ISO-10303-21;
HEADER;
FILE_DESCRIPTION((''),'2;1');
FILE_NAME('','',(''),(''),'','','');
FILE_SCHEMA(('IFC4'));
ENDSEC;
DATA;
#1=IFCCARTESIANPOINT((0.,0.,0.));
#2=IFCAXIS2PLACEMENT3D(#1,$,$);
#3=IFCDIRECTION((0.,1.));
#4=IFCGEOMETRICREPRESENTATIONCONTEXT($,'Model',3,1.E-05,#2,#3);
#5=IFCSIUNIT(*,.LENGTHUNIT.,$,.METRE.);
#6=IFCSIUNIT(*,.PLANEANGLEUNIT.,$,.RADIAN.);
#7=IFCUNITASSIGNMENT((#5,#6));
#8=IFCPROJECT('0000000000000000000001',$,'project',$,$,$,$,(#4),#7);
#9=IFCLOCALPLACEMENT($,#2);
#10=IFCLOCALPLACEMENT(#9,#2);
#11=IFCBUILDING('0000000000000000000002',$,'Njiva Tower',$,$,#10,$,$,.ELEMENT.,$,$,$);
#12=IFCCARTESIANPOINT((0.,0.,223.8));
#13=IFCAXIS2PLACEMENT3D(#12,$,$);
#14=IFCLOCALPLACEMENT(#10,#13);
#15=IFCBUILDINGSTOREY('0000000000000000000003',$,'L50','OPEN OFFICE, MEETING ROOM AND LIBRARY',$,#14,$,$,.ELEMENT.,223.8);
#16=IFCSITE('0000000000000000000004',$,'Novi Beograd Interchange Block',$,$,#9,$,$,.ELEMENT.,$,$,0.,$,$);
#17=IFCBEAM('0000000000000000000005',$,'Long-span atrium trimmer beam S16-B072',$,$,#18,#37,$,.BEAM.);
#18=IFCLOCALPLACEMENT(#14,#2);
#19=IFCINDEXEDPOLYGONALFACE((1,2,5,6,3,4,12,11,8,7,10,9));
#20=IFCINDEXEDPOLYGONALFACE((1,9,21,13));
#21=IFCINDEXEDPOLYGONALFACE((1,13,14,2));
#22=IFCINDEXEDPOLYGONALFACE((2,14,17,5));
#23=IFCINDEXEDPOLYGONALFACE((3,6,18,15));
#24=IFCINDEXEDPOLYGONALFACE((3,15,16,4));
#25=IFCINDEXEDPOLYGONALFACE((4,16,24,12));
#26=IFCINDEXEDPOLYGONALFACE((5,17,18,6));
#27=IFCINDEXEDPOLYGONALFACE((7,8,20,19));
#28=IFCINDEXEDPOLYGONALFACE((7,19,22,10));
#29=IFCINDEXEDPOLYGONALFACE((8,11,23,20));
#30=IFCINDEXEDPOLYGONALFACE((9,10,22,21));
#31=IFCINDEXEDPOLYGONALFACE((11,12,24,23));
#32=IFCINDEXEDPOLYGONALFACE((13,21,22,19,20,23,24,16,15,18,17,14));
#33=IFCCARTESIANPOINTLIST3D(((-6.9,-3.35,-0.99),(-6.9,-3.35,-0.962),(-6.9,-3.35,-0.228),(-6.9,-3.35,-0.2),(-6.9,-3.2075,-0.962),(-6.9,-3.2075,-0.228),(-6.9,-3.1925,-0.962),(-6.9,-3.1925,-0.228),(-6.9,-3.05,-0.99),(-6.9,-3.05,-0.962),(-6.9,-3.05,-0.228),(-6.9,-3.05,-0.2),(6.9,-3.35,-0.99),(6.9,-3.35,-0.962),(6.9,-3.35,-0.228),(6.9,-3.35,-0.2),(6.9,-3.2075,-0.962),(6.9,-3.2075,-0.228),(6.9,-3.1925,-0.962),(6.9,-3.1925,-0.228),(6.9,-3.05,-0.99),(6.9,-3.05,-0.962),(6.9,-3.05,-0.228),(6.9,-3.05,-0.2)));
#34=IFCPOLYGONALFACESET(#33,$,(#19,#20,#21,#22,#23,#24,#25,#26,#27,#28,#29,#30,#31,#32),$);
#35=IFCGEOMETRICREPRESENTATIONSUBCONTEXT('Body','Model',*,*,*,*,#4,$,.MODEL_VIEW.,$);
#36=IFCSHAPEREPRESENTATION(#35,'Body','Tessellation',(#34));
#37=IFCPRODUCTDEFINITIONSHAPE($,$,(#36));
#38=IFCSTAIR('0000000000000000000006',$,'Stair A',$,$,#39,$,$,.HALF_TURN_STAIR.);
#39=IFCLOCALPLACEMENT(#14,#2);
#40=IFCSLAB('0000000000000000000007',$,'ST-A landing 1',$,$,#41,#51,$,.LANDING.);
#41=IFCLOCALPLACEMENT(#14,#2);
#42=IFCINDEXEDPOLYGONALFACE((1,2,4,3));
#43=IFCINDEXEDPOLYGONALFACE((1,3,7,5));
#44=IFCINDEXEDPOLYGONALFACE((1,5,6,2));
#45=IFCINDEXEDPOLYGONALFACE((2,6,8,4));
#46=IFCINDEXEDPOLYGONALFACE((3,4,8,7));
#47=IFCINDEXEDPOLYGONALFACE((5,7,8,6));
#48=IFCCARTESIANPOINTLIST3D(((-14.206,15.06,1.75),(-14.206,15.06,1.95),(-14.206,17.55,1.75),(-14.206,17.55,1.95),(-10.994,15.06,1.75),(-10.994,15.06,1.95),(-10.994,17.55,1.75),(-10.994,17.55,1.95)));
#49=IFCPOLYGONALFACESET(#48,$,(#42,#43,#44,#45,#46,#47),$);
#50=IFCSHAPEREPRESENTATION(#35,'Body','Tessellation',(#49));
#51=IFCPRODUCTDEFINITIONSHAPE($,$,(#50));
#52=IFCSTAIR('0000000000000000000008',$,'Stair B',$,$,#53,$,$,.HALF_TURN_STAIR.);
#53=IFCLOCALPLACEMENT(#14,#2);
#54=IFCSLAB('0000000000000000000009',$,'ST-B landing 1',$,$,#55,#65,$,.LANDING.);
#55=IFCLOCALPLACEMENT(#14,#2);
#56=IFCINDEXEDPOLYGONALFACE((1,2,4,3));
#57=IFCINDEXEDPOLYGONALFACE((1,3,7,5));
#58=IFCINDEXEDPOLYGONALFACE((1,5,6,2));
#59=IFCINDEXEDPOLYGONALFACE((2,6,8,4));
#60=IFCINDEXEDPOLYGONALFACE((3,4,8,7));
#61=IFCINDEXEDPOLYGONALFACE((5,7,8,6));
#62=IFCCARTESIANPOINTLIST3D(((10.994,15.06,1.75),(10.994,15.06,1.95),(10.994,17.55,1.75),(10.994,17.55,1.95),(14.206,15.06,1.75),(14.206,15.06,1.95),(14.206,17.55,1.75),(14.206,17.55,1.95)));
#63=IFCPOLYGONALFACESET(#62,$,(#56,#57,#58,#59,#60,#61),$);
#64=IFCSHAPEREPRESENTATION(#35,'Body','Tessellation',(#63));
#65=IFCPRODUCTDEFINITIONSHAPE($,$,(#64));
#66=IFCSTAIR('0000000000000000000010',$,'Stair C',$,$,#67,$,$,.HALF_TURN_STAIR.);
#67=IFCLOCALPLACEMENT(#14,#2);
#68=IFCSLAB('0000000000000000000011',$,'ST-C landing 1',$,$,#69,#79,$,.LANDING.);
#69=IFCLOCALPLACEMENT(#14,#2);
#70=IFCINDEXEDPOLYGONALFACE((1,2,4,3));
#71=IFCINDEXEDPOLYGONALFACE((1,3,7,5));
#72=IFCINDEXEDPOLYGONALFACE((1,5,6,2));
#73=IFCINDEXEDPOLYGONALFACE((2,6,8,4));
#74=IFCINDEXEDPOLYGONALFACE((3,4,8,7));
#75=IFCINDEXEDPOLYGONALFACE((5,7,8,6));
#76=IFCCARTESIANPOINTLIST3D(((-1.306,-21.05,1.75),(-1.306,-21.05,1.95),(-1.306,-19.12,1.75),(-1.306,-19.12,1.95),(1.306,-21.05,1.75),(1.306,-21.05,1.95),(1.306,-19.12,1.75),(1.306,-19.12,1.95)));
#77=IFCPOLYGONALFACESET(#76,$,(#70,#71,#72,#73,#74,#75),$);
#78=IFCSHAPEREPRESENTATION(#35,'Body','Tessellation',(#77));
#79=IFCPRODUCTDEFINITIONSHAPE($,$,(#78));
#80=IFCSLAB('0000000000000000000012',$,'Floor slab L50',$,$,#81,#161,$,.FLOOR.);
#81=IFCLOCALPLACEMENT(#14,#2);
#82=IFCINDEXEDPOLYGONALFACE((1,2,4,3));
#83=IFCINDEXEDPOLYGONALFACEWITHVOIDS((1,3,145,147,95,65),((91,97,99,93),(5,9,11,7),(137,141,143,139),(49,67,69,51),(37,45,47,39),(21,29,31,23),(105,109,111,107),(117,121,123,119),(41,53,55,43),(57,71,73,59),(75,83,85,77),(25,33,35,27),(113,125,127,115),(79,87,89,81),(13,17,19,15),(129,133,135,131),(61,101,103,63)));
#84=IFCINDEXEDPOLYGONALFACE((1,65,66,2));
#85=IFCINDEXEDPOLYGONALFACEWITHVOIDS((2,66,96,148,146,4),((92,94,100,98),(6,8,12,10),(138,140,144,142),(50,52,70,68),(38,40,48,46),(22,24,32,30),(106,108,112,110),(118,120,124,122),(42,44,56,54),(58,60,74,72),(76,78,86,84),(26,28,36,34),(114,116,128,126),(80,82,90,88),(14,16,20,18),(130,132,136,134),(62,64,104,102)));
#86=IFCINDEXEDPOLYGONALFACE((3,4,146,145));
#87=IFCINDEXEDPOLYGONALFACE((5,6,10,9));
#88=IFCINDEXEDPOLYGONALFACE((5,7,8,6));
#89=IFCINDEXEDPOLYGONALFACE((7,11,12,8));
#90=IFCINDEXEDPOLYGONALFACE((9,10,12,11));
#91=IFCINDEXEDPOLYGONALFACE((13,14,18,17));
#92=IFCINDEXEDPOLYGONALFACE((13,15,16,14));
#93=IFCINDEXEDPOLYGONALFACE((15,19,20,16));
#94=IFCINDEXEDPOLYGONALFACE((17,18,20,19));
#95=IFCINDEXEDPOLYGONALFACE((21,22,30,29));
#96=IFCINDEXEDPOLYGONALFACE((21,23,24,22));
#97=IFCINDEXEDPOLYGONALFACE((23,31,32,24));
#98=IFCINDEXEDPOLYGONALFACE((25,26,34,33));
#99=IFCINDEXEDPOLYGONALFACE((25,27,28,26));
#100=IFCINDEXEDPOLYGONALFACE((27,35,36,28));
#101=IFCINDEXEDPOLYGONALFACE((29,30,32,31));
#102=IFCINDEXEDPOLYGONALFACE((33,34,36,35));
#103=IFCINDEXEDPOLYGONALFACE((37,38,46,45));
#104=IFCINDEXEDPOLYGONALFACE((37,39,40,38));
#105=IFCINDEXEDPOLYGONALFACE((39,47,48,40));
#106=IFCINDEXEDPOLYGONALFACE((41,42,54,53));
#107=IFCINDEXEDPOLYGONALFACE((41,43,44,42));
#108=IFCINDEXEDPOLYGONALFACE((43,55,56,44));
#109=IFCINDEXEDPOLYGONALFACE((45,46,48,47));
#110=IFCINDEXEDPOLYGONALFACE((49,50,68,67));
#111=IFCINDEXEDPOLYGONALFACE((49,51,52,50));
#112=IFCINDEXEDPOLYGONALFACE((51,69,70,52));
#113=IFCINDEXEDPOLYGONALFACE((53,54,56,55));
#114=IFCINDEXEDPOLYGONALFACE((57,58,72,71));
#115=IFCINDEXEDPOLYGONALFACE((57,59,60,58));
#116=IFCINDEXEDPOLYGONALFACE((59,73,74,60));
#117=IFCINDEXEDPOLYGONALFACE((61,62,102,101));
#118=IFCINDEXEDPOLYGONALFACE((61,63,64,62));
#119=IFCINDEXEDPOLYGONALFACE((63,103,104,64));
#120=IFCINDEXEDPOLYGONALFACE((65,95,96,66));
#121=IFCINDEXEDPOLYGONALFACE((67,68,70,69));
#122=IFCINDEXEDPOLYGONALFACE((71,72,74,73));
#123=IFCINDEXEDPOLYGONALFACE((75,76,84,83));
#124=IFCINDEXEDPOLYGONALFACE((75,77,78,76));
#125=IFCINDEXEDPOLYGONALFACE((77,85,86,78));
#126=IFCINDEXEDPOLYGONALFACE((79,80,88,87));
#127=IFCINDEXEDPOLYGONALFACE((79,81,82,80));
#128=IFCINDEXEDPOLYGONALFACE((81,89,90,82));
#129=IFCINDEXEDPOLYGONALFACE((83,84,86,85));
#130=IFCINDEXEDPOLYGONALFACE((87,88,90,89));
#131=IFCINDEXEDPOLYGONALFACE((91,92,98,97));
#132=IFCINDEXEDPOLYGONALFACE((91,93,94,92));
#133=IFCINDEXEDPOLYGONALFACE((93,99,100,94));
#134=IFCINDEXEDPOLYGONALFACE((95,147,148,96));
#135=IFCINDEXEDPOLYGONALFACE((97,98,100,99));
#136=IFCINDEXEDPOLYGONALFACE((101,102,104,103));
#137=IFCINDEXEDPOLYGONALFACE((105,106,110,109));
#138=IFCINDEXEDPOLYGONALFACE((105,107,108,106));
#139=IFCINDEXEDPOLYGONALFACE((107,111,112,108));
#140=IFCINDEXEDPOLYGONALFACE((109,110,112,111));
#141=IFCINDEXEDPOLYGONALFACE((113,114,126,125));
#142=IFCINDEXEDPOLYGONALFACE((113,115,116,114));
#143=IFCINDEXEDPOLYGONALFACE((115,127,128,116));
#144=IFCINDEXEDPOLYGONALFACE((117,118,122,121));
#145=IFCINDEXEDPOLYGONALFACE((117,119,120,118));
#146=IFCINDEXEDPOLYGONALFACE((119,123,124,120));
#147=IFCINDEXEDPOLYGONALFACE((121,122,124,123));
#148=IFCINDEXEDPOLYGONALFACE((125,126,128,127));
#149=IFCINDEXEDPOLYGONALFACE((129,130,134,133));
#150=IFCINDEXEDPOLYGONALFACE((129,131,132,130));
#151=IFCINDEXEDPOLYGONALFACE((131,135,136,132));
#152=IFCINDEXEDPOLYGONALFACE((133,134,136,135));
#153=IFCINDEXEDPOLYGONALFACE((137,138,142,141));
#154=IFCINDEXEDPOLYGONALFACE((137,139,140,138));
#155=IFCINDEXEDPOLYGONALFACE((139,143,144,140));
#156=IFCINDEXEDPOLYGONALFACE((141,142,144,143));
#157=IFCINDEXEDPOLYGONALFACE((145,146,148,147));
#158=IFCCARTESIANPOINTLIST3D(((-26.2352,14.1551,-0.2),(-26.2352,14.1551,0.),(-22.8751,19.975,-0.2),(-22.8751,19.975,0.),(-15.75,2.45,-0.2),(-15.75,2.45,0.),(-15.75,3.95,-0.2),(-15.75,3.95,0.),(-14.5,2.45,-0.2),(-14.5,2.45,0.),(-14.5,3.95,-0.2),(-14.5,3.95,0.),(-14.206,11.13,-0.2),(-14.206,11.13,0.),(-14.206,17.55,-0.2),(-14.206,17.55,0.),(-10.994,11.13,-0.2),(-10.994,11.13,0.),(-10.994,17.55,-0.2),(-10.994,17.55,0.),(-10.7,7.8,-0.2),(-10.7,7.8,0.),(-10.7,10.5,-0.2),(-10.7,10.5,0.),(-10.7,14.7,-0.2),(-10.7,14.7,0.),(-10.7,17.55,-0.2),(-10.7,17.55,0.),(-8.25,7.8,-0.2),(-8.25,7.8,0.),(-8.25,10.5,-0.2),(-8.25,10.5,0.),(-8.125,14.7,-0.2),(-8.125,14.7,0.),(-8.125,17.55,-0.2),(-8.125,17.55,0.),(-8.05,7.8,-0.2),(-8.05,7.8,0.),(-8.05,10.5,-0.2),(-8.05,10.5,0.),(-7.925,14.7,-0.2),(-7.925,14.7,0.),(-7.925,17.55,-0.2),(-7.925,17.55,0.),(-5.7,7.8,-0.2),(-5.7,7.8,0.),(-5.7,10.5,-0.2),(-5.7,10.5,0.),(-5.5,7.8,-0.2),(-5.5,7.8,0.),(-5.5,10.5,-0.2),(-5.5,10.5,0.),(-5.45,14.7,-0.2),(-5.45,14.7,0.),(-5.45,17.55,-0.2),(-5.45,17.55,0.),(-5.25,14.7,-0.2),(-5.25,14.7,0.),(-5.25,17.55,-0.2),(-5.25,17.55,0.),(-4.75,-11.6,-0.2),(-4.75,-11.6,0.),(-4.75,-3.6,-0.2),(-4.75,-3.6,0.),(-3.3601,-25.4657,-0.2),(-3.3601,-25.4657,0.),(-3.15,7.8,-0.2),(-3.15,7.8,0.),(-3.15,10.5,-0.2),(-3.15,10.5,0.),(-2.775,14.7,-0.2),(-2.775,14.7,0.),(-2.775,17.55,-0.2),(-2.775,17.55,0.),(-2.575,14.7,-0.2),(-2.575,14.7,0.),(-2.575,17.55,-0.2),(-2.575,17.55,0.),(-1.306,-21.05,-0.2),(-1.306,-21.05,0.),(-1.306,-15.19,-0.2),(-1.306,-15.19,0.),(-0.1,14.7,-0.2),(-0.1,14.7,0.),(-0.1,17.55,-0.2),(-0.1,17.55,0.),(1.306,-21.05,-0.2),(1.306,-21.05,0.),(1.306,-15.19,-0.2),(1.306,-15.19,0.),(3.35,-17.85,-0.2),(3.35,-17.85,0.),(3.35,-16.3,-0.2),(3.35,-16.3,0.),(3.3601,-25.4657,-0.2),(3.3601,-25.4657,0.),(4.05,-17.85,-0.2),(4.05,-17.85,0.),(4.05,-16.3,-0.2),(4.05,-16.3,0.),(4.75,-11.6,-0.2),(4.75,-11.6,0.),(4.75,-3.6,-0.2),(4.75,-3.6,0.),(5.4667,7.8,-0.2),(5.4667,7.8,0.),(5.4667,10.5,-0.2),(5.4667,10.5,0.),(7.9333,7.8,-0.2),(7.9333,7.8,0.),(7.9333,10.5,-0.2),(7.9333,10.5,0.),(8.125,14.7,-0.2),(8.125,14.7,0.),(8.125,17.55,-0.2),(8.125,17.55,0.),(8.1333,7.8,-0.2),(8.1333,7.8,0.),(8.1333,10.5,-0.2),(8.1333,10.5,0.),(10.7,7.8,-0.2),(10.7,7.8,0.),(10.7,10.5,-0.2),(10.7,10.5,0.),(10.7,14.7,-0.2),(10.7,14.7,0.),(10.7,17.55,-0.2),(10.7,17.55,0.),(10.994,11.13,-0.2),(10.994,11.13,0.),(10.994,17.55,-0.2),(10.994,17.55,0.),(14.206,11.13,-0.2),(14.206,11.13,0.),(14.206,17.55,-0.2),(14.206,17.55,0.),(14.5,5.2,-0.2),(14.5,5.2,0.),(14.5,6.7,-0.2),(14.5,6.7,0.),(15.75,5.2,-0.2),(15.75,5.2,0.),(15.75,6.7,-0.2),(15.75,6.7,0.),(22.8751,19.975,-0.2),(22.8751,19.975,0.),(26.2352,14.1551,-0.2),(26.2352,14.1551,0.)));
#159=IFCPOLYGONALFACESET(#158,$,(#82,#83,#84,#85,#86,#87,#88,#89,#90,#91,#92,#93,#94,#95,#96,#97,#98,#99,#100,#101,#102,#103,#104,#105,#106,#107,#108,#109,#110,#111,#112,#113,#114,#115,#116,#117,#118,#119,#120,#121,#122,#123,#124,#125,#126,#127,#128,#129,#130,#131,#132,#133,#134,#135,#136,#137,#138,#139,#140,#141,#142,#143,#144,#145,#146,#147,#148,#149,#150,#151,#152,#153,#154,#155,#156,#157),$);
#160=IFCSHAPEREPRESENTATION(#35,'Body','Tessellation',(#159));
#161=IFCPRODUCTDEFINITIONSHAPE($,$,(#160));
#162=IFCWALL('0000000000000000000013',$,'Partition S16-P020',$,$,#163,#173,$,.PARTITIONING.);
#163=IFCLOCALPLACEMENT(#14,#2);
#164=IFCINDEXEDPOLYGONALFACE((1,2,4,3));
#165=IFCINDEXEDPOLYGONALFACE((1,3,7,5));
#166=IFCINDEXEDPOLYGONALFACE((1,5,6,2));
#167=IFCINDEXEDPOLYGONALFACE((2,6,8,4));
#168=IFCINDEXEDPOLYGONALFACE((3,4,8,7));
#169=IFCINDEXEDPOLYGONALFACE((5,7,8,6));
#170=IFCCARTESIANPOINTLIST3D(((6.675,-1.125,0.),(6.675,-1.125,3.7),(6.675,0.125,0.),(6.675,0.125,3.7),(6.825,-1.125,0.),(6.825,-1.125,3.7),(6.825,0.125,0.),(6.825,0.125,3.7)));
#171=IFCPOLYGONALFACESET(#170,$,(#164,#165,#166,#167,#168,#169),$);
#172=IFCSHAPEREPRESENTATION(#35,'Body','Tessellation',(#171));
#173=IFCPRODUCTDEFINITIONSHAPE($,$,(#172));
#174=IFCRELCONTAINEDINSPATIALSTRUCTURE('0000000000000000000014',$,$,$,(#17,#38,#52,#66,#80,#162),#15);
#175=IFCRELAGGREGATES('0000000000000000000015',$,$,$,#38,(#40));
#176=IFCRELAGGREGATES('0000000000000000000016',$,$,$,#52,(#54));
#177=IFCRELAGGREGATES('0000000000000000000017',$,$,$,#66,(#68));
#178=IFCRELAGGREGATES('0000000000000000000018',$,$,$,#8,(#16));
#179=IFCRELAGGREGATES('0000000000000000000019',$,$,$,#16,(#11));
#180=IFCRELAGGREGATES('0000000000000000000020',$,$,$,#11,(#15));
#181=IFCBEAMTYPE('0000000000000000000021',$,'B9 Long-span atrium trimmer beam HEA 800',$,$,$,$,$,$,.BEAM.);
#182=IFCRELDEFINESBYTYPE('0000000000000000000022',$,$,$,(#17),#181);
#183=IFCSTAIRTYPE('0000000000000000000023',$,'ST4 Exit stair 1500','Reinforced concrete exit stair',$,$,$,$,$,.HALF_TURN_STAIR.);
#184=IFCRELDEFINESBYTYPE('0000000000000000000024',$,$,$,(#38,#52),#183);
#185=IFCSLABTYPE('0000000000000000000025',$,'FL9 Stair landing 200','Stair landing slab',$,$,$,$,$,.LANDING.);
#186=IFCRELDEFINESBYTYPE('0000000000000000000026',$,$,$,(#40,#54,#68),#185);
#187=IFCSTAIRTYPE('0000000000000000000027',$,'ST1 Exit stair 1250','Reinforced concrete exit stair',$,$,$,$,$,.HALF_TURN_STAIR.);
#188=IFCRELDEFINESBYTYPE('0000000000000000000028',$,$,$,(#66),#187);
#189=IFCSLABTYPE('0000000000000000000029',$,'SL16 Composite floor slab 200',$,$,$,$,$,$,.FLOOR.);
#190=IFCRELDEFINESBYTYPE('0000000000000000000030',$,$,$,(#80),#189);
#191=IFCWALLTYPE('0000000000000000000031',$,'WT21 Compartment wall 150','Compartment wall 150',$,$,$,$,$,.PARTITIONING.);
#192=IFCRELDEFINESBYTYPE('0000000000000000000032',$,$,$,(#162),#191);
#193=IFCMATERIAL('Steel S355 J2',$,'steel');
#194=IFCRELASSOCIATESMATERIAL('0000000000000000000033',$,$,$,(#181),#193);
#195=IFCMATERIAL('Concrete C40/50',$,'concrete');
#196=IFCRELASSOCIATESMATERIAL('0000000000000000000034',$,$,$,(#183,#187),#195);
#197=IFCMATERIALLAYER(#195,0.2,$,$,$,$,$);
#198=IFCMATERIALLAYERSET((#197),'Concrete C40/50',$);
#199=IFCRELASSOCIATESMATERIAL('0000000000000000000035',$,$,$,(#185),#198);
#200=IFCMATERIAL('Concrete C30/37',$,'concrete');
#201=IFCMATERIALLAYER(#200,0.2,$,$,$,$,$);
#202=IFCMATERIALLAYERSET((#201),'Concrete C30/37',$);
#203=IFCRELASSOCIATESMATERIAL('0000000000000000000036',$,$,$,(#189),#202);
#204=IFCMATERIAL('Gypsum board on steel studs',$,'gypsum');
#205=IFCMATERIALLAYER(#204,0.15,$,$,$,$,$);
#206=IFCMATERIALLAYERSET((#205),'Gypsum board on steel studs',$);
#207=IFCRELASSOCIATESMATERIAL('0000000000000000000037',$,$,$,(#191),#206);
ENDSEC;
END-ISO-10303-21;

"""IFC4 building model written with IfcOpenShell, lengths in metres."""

from ifc_helpers import new_model, si_unit, direction, frame, frame_2d, origin, origin_2d, place, context, subcontext, project, spatial, polyline, rectangle, i_section, outline, extrude, material, layer, layer_set, material_profile, profile_set, type_object, element, aggregate, save


model = new_model("IFC4")

# Units and contexts
model_context = context("Model", 3, precision=1e-05, world=origin(), true_north=direction((0.0, 1.0)))
body_context = subcontext(model_context, "Body", "Model", "MODEL_VIEW")
ifc_project = project(units=[si_unit("LENGTHUNIT", "METRE"), si_unit("PLANEANGLEUNIT", "RADIAN")], contexts=[model_context])

# Site, building, storey
site_placement = place(None, origin())
site = spatial("IfcSite", under=ifc_project, at=site_placement, Name="Novi Beograd Interchange Block", CompositionType="ELEMENT", RefElevation=0.0)
building_placement = place(site_placement, origin())
building = spatial("IfcBuilding", under=site, at=building_placement, Name="Njiva Tower", CompositionType="ELEMENT")
storey_placement = place(building_placement, frame((0.0, 0.0, 223.8)))
storey = spatial("IfcBuildingStorey", under=building, at=storey_placement, Name="L50", Description="OPEN OFFICE, MEETING ROOM AND LIBRARY", CompositionType="ELEMENT", Elevation=223.8)

# Shared definitions
ifc_material_1 = material(Name="Steel S355 J2", Category="steel")

# Beam
ifc_material_profile_1 = material_profile(ifc_material_1, i_section(OverallWidth=0.3, OverallDepth=0.79, WebThickness=0.015, FlangeThickness=0.028, at=origin_2d()), Name="HEA 800")
ifc_profile_set_1 = profile_set([ifc_material_profile_1], Name="Steel S355 J2")
beam_type_1 = type_object("IfcBeamType", Name="B9 Long-span atrium trimmer beam HEA 800", PredefinedType="BEAM", material=ifc_profile_set_1)
beam_1_placement = place(storey_placement, frame((6.9, -3.2, -0.595), z_axis=(-1.0, 0.0, 0.0), x_axis=(0.0, -1.0, 0.0)))
element("IfcBeam", 1, at=beam_1_placement, inside=storey, type_object=beam_type_1, Name="Long-span atrium trimmer beam S16-B072", PredefinedType="BEAM", context=body_context, shape_type="SweptSolid", body=[
    extrude(i_section(OverallWidth=0.3, OverallDepth=0.79, WebThickness=0.015, FlangeThickness=0.028, at=origin_2d()), origin(), (0.0, 0.0, 1.0), 13.8),
])

# Stairs, slabs
ifc_material_2 = material(Name="Concrete C40/50", Category="concrete")
stair_type_1 = type_object("IfcStairType", Name="ST4 Exit stair 1500", Description="Reinforced concrete exit stair", PredefinedType="HALF_TURN_STAIR", material=ifc_material_2)
stair_1_placement = place(storey_placement, origin())
stair_1 = element("IfcStair", 2, at=stair_1_placement, inside=storey, type_object=stair_type_1, Name="Stair A", PredefinedType="HALF_TURN_STAIR")
ifc_layer_1 = layer(ifc_material_2, 0.2)
ifc_layer_set_1 = layer_set([ifc_layer_1], Name="Concrete C40/50")
slab_type_1 = type_object("IfcSlabType", Name="FL9 Stair landing 200", Description="Stair landing slab", PredefinedType="LANDING", material=ifc_layer_set_1)
slab_1_placement = place(storey_placement, frame((0.0, 0.0, 1.75)))
slab_1 = element("IfcSlab", 3, at=slab_1_placement, type_object=slab_type_1, Name="ST-A landing 1", PredefinedType="LANDING", context=body_context, shape_type="SweptSolid", body=[
    extrude(outline(polyline([(-14.206, 15.06), (-10.994, 15.06), (-10.994, 17.55), (-14.206, 17.55), (-14.206, 15.06)])), origin(), (0.0, 0.0, 1.0), 0.2),
])
aggregate(stair_1, [slab_1])
stair_2_placement = place(storey_placement, origin())
stair_2 = element("IfcStair", 4, at=stair_2_placement, inside=storey, type_object=stair_type_1, Name="Stair B", PredefinedType="HALF_TURN_STAIR")
slab_2_placement = place(storey_placement, frame((0.0, 0.0, 1.75)))
slab_2 = element("IfcSlab", 5, at=slab_2_placement, type_object=slab_type_1, Name="ST-B landing 1", PredefinedType="LANDING", context=body_context, shape_type="SweptSolid", body=[
    extrude(outline(polyline([(10.994, 15.06), (14.206, 15.06), (14.206, 17.55), (10.994, 17.55), (10.994, 15.06)])), origin(), (0.0, 0.0, 1.0), 0.2),
])
aggregate(stair_2, [slab_2])
stair_type_2 = type_object("IfcStairType", Name="ST1 Exit stair 1250", Description="Reinforced concrete exit stair", PredefinedType="HALF_TURN_STAIR", material=ifc_material_2)
stair_3_placement = place(storey_placement, origin())
stair_3 = element("IfcStair", 6, at=stair_3_placement, inside=storey, type_object=stair_type_2, Name="Stair C", PredefinedType="HALF_TURN_STAIR")
slab_3_placement = place(storey_placement, frame((0.0, 0.0, 1.75)))
slab_3 = element("IfcSlab", 7, at=slab_3_placement, type_object=slab_type_1, Name="ST-C landing 1", PredefinedType="LANDING", context=body_context, shape_type="SweptSolid", body=[
    extrude(outline(polyline([(-1.306, -21.05), (1.306, -21.05), (1.306, -19.12), (-1.306, -19.12), (-1.306, -21.05)])), origin(), (0.0, 0.0, 1.0), 0.2),
])
aggregate(stair_3, [slab_3])

# Slab
ifc_material_3 = material(Name="Concrete C30/37", Category="concrete")
ifc_layer_2 = layer(ifc_material_3, 0.2)
ifc_layer_set_2 = layer_set([ifc_layer_2], Name="Concrete C30/37")
slab_type_2 = type_object("IfcSlabType", Name="SL16 Composite floor slab 200", PredefinedType="FLOOR", material=ifc_layer_set_2)
slab_4_placement = place(storey_placement, frame((0.0, 0.0, -0.2)))
element("IfcSlab", 8, at=slab_4_placement, inside=storey, type_object=slab_type_2, Name="Floor slab L50", PredefinedType="FLOOR", context=body_context, shape_type="SweptSolid", body=[
    extrude(outline(polyline([(26.2352, 14.1551), (3.3601, -25.4657), (-3.3601, -25.4657), (-26.2352, 14.1551), (-22.8751, 19.975), (22.8751, 19.975), (26.2352, 14.1551)]), holes=[polyline([(14.5, 5.2), (15.75, 5.2), (15.75, 6.7), (14.5, 6.7), (14.5, 5.2)]), polyline([(10.994, 17.55), (10.994, 11.13), (14.206, 11.13), (14.206, 17.55), (10.994, 17.55)]), polyline([(8.125, 17.55), (8.125, 14.7), (10.7, 14.7), (10.7, 17.55), (8.125, 17.55)]), polyline([(8.1333, 7.8), (10.7, 7.8), (10.7, 10.5), (8.1333, 10.5), (8.1333, 7.8)]), polyline([(5.4667, 7.8), (7.9333, 7.8), (7.9333, 10.5), (5.4667, 10.5), (5.4667, 7.8)]), polyline([(4.75, -11.6), (4.75, -3.6), (-4.75, -3.6), (-4.75, -11.6), (4.75, -11.6)]), polyline([(3.35, -17.85), (4.05, -17.85), (4.05, -16.3), (3.35, -16.3), (3.35, -17.85)]), polyline([(-1.306, -21.05), (1.306, -21.05), (1.306, -15.19), (-1.306, -15.19), (-1.306, -21.05)]), polyline([(-2.575, 14.7), (-0.1, 14.7), (-0.1, 17.55), (-2.575, 17.55), (-2.575, 14.7)]), polyline([(-5.25, 14.7), (-2.775, 14.7), (-2.775, 17.55), (-5.25, 17.55), (-5.25, 14.7)]), polyline([(-5.5, 7.8), (-3.15, 7.8), (-3.15, 10.5), (-5.5, 10.5), (-5.5, 7.8)]), polyline([(-7.925, 14.7), (-5.45, 14.7), (-5.45, 17.55), (-7.925, 17.55), (-7.925, 14.7)]), polyline([(-8.05, 7.8), (-5.7, 7.8), (-5.7, 10.5), (-8.05, 10.5), (-8.05, 7.8)]), polyline([(-10.7, 14.7), (-8.125, 14.7), (-8.125, 17.55), (-10.7, 17.55), (-10.7, 14.7)]), polyline([(-10.7, 7.8), (-8.25, 7.8), (-8.25, 10.5), (-10.7, 10.5), (-10.7, 7.8)]), polyline([(-14.206, 11.13), (-10.994, 11.13), (-10.994, 17.55), (-14.206, 17.55), (-14.206, 11.13)]), polyline([(-15.75, 2.45), (-14.5, 2.45), (-14.5, 3.95), (-15.75, 3.95), (-15.75, 2.45)])]), origin(), (0.0, 0.0, 1.0), 0.2),
])

# Wall
ifc_material_4 = material(Name="Gypsum board on steel studs", Category="gypsum")
ifc_layer_3 = layer(ifc_material_4, 0.15)
ifc_layer_set_3 = layer_set([ifc_layer_3], Name="Gypsum board on steel studs")
wall_type_1 = type_object("IfcWallType", Name="WT21 Compartment wall 150", Description="Compartment wall 150", PredefinedType="PARTITIONING", material=ifc_layer_set_3)
wall_1_placement = place(storey_placement, frame((6.75, -1.125, 0.0), z_axis=(0.0, 0.0, 1.0), x_axis=(0.0, 1.0, 0.0)))
element("IfcWall", 9, at=wall_1_placement, inside=storey, type_object=wall_type_1, Name="Partition S16-P020", PredefinedType="PARTITIONING", context=body_context, shape_type="SweptSolid", body=[
    extrude(rectangle(XDim=1.25, YDim=0.15, at=frame_2d((0.625, 0.0))), origin(), (0.0, 0.0, 1.0), 3.7),
])

save(model, "model.ifc")
